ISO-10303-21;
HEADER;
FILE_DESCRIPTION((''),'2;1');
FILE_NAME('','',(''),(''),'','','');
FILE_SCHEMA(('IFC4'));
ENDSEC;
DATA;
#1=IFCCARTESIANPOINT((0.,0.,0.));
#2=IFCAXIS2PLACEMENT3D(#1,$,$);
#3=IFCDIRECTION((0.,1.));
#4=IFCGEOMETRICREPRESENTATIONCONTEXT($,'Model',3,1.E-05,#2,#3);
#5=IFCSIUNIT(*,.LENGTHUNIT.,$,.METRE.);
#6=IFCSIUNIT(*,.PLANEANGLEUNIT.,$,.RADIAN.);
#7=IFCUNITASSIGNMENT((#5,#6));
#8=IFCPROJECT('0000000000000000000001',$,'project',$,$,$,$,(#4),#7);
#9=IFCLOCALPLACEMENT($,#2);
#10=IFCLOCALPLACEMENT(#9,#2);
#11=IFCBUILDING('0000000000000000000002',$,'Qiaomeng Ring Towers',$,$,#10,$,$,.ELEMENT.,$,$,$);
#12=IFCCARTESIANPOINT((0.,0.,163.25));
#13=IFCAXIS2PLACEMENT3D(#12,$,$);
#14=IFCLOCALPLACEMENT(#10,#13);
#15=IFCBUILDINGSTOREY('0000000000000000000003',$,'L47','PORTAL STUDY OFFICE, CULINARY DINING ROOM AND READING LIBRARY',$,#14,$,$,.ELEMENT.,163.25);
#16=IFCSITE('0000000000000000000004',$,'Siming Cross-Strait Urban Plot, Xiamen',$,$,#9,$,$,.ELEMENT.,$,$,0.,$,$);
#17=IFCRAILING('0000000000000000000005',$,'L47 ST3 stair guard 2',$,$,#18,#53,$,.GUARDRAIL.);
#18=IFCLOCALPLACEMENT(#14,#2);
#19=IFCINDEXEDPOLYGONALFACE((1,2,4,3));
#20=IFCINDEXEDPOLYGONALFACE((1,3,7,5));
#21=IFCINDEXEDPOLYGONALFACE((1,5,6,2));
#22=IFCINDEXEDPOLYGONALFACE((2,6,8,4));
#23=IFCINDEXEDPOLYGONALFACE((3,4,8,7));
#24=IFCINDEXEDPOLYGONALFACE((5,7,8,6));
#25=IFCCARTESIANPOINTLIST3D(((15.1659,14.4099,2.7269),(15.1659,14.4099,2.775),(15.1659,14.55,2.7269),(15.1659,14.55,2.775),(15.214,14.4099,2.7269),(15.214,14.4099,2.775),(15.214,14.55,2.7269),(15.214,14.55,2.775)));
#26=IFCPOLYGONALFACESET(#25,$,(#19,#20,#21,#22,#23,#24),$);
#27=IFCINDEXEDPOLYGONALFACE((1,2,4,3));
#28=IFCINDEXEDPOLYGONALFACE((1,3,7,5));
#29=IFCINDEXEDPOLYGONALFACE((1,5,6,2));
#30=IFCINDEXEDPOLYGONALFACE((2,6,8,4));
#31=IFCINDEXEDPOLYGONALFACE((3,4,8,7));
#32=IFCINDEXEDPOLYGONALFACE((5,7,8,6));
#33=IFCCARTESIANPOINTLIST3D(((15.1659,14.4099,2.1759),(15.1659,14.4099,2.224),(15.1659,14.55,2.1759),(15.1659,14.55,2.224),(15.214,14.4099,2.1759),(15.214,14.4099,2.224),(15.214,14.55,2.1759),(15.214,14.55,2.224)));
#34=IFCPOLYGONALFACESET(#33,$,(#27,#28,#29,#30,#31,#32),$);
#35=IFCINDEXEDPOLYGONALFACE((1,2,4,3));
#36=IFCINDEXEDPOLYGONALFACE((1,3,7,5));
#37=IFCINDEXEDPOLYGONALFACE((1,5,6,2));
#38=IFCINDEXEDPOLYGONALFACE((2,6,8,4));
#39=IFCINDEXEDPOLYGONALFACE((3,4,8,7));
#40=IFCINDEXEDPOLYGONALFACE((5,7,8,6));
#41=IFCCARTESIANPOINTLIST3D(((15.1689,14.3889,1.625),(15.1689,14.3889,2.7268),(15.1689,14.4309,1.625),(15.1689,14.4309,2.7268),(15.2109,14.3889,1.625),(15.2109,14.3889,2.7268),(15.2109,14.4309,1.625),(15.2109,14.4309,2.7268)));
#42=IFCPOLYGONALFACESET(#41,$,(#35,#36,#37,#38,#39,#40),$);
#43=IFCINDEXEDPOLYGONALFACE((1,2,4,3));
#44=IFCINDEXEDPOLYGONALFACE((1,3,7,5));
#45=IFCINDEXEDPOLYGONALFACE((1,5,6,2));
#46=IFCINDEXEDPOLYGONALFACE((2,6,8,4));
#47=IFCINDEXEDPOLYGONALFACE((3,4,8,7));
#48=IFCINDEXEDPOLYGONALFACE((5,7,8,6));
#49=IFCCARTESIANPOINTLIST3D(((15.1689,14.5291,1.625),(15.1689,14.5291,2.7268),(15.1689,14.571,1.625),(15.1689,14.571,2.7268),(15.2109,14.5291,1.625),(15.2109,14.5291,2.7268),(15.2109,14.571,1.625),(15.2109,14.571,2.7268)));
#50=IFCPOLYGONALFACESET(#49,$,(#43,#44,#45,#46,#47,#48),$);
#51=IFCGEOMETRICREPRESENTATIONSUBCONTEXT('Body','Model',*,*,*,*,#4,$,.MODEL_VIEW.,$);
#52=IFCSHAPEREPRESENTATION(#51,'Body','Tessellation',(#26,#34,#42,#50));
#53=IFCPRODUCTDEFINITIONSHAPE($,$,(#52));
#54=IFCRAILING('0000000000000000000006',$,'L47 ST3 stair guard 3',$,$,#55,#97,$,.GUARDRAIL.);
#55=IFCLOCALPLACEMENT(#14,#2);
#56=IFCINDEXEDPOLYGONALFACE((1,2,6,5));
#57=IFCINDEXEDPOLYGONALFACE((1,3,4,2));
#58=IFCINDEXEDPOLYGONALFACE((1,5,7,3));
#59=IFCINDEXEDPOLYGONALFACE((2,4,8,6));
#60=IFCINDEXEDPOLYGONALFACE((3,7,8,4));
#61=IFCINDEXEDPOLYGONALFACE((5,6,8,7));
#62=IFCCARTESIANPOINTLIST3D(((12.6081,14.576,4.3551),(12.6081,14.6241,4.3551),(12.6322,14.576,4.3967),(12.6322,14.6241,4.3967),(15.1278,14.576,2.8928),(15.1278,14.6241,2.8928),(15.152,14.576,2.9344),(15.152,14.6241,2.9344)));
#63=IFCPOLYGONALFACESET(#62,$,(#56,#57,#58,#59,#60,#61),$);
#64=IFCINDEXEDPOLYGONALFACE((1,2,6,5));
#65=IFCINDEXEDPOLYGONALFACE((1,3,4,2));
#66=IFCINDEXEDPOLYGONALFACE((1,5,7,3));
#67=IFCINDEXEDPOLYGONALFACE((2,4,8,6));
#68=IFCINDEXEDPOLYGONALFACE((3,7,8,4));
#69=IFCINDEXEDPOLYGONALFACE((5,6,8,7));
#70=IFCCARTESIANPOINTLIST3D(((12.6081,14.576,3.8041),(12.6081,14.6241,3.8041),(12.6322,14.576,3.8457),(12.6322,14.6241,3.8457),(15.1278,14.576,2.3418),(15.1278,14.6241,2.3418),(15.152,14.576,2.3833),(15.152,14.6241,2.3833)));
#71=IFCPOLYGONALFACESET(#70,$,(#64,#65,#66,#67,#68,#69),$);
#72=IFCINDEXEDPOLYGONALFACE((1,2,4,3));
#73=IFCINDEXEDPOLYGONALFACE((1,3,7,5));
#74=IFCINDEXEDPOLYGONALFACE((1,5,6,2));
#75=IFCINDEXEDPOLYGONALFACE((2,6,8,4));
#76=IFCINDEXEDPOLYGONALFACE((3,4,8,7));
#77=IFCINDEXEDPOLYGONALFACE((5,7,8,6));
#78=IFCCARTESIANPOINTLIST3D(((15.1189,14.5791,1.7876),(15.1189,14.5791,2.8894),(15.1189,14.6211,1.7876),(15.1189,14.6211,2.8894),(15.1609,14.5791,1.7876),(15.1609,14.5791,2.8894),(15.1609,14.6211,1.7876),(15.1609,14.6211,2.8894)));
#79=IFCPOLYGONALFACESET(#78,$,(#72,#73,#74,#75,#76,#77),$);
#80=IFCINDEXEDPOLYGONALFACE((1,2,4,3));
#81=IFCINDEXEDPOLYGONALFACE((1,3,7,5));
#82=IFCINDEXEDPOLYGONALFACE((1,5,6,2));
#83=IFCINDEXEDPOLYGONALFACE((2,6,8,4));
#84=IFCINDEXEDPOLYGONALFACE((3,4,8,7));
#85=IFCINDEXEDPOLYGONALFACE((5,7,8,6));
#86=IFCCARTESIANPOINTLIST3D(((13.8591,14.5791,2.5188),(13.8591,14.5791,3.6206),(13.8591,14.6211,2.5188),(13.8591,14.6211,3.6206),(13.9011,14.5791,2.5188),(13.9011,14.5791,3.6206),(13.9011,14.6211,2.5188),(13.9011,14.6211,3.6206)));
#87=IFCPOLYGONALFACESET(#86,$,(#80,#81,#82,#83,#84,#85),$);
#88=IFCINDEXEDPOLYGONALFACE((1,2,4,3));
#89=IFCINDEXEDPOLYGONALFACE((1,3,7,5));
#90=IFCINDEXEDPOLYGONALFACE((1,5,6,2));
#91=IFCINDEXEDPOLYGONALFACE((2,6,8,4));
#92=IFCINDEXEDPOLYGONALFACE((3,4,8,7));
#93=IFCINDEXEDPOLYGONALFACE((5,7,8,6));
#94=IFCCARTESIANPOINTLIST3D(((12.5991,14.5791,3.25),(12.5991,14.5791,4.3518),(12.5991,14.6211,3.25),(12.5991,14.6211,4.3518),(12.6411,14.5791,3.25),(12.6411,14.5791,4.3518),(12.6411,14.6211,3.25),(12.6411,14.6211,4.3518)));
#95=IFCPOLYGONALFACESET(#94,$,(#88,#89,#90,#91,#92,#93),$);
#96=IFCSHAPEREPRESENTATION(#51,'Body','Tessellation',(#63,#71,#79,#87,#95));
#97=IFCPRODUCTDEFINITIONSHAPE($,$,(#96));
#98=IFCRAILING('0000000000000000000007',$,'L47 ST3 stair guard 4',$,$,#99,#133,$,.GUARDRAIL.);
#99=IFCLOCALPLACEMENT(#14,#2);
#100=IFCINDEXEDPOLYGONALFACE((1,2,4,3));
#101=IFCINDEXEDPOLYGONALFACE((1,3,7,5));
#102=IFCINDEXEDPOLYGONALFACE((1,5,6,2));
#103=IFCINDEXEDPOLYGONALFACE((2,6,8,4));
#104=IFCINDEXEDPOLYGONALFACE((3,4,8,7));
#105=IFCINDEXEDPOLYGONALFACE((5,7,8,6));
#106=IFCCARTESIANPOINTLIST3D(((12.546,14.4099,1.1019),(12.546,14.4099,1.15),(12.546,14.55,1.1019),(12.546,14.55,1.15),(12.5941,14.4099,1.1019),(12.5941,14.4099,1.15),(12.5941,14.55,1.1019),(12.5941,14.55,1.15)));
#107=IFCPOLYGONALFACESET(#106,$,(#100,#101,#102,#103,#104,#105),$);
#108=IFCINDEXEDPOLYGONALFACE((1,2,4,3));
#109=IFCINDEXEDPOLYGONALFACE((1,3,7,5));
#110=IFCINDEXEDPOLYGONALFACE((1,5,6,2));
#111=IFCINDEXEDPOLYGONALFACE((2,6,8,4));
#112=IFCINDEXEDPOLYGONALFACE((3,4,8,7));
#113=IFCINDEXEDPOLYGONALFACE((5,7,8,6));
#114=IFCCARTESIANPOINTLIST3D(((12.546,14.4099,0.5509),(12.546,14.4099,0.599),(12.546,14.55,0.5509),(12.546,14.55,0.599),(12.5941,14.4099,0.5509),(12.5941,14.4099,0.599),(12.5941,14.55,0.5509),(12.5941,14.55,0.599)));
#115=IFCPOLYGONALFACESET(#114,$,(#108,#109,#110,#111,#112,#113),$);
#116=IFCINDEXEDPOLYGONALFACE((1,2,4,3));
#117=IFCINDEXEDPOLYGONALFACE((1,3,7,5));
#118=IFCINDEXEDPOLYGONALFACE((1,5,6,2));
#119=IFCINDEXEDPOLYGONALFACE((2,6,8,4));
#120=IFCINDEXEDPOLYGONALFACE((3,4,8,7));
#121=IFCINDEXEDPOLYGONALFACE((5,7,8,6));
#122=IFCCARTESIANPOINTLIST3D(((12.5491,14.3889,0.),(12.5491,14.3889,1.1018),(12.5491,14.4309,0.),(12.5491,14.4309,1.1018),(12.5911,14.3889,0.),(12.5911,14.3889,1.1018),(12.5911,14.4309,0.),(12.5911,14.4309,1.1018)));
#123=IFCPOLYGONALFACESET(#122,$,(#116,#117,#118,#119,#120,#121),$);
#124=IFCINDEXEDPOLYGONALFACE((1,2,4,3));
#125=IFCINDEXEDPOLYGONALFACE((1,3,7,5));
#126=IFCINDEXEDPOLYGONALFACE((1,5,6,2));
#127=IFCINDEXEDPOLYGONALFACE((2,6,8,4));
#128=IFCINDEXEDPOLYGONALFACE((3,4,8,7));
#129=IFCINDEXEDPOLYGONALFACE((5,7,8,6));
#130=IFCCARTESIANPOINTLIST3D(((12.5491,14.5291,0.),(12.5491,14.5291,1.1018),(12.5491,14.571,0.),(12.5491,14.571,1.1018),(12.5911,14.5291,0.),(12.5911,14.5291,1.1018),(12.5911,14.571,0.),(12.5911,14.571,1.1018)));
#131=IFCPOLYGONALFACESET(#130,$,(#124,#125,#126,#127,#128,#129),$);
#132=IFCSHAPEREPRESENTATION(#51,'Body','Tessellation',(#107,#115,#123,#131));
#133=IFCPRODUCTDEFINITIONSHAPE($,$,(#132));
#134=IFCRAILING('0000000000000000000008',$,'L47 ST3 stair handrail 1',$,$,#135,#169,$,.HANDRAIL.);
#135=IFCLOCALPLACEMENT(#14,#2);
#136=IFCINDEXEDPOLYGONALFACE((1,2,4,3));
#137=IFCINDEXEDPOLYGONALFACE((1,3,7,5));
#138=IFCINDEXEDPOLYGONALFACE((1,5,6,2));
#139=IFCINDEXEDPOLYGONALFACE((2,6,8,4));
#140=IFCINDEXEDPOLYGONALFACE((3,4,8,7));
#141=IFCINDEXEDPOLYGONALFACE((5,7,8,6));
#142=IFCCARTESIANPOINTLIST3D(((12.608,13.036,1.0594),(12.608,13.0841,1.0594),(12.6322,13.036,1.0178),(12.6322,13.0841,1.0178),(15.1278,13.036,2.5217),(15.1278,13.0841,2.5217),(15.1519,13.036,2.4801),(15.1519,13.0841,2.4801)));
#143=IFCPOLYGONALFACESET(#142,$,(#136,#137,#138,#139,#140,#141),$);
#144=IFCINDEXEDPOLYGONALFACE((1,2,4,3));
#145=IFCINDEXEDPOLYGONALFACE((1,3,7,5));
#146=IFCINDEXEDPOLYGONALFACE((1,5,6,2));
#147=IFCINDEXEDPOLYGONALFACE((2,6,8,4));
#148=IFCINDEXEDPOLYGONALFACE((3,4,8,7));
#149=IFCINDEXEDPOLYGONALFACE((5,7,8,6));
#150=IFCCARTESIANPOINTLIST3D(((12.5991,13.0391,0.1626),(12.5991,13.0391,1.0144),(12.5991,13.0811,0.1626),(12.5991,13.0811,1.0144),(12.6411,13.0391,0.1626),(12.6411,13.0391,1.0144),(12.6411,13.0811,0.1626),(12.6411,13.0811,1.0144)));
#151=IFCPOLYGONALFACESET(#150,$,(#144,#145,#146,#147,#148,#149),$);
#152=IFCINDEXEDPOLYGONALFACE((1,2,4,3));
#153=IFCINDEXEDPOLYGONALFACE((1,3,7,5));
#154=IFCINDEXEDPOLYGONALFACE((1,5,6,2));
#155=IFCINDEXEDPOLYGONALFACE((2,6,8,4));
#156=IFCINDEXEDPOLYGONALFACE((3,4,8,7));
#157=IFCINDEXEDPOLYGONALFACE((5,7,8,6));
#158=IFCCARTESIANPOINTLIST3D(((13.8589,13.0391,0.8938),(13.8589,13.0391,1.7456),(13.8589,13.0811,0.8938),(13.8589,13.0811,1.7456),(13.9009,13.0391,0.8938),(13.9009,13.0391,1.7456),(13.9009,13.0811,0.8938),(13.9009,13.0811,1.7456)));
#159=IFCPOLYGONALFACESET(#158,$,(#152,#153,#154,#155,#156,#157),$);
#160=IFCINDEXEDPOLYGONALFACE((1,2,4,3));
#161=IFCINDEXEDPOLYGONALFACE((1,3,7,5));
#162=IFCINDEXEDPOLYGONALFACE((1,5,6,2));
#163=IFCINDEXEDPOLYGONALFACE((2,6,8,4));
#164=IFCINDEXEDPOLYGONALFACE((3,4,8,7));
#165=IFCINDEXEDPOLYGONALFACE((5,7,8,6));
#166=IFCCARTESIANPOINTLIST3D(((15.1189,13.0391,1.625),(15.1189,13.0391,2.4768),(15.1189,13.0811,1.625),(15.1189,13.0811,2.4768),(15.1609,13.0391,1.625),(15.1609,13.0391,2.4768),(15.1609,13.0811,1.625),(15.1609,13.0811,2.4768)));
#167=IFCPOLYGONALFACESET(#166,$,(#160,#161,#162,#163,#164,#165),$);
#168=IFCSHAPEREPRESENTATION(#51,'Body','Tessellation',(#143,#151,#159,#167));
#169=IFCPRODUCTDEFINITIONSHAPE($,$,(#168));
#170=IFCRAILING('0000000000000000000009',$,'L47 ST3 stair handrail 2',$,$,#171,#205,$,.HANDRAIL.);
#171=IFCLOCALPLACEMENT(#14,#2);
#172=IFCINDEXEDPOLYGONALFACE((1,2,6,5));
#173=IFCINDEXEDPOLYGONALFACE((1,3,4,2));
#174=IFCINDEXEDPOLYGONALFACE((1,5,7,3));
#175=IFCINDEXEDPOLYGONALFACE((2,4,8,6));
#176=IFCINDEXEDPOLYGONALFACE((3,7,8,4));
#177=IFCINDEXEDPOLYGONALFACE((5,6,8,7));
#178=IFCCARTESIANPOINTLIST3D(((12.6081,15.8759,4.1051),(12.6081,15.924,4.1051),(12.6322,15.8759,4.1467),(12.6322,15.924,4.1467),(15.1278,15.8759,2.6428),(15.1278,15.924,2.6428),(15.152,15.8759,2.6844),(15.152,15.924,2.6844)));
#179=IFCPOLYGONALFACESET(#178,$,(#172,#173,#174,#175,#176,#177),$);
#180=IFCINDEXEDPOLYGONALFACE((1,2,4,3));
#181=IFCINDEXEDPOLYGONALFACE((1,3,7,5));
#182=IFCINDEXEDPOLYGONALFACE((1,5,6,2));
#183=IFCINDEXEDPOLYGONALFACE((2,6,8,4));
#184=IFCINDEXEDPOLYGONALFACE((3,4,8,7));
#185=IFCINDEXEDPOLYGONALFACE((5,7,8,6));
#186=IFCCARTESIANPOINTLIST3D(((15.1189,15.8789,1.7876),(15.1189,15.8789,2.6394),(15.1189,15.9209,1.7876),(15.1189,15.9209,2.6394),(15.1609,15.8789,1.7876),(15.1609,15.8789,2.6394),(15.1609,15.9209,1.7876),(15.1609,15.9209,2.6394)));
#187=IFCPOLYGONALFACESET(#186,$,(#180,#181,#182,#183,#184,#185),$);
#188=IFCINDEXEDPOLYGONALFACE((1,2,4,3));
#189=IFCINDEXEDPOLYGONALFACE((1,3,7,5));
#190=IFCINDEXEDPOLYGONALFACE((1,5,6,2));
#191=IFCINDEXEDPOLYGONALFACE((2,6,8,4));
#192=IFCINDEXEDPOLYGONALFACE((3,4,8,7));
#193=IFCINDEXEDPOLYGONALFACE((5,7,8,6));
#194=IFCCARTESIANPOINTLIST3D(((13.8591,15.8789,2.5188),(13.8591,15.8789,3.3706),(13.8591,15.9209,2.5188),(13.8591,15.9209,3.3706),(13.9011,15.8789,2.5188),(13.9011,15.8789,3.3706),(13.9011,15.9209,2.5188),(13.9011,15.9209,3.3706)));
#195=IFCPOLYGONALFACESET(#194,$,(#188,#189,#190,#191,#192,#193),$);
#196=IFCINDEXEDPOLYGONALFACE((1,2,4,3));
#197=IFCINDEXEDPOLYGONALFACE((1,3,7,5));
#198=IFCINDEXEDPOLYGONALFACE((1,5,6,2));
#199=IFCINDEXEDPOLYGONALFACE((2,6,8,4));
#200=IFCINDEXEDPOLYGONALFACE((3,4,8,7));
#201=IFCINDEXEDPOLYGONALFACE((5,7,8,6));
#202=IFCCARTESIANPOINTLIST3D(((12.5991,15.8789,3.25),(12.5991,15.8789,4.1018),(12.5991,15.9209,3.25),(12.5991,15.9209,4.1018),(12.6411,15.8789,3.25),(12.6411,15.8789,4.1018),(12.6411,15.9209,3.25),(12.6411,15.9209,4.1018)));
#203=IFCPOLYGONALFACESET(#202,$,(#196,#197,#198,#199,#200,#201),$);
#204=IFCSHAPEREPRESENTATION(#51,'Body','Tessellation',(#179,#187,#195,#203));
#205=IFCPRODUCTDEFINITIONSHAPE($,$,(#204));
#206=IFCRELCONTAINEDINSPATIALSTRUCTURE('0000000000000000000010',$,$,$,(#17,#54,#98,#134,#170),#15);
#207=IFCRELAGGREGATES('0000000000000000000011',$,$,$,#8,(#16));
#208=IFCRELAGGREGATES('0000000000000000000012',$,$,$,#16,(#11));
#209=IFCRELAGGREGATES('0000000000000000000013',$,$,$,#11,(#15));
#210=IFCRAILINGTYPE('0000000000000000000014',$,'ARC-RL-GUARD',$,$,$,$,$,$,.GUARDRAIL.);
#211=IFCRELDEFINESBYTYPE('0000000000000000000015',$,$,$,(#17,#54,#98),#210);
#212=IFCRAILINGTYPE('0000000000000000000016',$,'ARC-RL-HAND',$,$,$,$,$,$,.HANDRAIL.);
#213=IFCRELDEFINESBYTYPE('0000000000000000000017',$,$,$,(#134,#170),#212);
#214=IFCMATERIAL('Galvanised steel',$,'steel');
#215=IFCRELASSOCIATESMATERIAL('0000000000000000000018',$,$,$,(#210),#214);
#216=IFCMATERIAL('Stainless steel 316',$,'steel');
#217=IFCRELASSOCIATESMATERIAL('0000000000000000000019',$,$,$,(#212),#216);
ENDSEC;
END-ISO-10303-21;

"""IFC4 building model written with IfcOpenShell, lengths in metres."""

from ifc_helpers import new_model, si_unit, direction, frame, origin, origin_2d, place, context, subcontext, project, spatial, rectangle, extrude, material, type_object, element, save


model = new_model("IFC4")

# Units and contexts
model_context = context("Model", 3, precision=1e-05, world=origin(), true_north=direction((0.0, 1.0)))
body_context = subcontext(model_context, "Body", "Model", "MODEL_VIEW")
ifc_project = project(units=[si_unit("LENGTHUNIT", "METRE"), si_unit("PLANEANGLEUNIT", "RADIAN")], contexts=[model_context])

# Site, building, storey
site_placement = place(None, origin())
site = spatial("IfcSite", under=ifc_project, at=site_placement, Name="Siming Cross-Strait Urban Plot, Xiamen", CompositionType="ELEMENT", RefElevation=0.0)
building_placement = place(site_placement, origin())
building = spatial("IfcBuilding", under=site, at=building_placement, Name="Qiaomeng Ring Towers", CompositionType="ELEMENT")
storey_placement = place(building_placement, frame((0.0, 0.0, 163.25)))
storey = spatial("IfcBuildingStorey", under=building, at=storey_placement, Name="L47", Description="PORTAL STUDY OFFICE, CULINARY DINING ROOM AND READING LIBRARY", CompositionType="ELEMENT", Elevation=163.25)

# Shared definitions
ifc_material_1 = material(Name="Galvanised steel", Category="steel")

# Railings
railing_type_1 = type_object("IfcRailingType", Name="ARC-RL-GUARD", PredefinedType="GUARDRAIL", material=ifc_material_1)
railing_1_placement = place(storey_placement, frame((15.1899, 14.4099, 1.625)))
element("IfcRailing", 1, at=railing_1_placement, inside=storey, type_object=railing_type_1, Name="L47 ST3 stair guard 2", PredefinedType="GUARDRAIL", context=body_context, shape_type="SweptSolid", body=[
    extrude(rectangle(XDim=0.0481, YDim=0.0481, at=origin_2d()), frame((0.0, 0.0, 1.126), z_axis=(0.0, 1.0, 0.0), x_axis=(-1.0, 0.0, 0.0)), (0.0, 0.0, 1.0), 0.1401),
    extrude(rectangle(XDim=0.0481, YDim=0.0481, at=origin_2d()), frame((0.0, 0.0, 0.575), z_axis=(0.0, 1.0, 0.0), x_axis=(-1.0, 0.0, 0.0)), (0.0, 0.0, 1.0), 0.1401),
    extrude(rectangle(XDim=0.042, YDim=0.042, at=origin_2d()), origin(), (0.0, 0.0, 1.0), 1.1018),
    extrude(rectangle(XDim=0.042, YDim=0.042, at=origin_2d()), frame((0.0, 0.1401, 0.0)), (0.0, 0.0, 1.0), 1.1018),
])
railing_2_placement = place(storey_placement, frame((15.1399, 14.6001, 1.7876)))
element("IfcRailing", 2, at=railing_2_placement, inside=storey, type_object=railing_type_1, Name="L47 ST3 stair guard 3", PredefinedType="GUARDRAIL", context=body_context, shape_type="SweptSolid", body=[
    extrude(rectangle(XDim=0.0481, YDim=0.0481, at=origin_2d()), frame((0.0, 0.0, 1.126), z_axis=(-0.864892, 0.0, 0.501958), x_axis=(0.0, -1.0, 0.0)), (0.0, 0.0, 1.0), 2.9133),
    extrude(rectangle(XDim=0.0481, YDim=0.0481, at=origin_2d()), frame((0.0, 0.0, 0.575), z_axis=(-0.864892, 0.0, 0.501958), x_axis=(0.0, -1.0, 0.0)), (0.0, 0.0, 1.0), 2.9133),
    extrude(rectangle(XDim=0.042, YDim=0.042, at=origin_2d()), origin(), (0.0, 0.0, 1.0), 1.1018),
    extrude(rectangle(XDim=0.042, YDim=0.042, at=origin_2d()), frame((-1.2598, 0.0, 0.7312)), (0.0, 0.0, 1.0), 1.1018),
    extrude(rectangle(XDim=0.042, YDim=0.042, at=origin_2d()), frame((-2.5198, 0.0, 1.4624)), (0.0, 0.0, 1.0), 1.1018),
])
railing_3_placement = place(storey_placement, frame((12.5701, 14.4099, 0.0)))
element("IfcRailing", 3, at=railing_3_placement, inside=storey, type_object=railing_type_1, Name="L47 ST3 stair guard 4", PredefinedType="GUARDRAIL", context=body_context, shape_type="SweptSolid", body=[
    extrude(rectangle(XDim=0.0481, YDim=0.0481, at=origin_2d()), frame((0.0, 0.0, 1.126), z_axis=(0.0, 1.0, 0.0), x_axis=(-1.0, 0.0, 0.0)), (0.0, 0.0, 1.0), 0.1401),
    extrude(rectangle(XDim=0.0481, YDim=0.0481, at=origin_2d()), frame((0.0, 0.0, 0.575), z_axis=(0.0, 1.0, 0.0), x_axis=(-1.0, 0.0, 0.0)), (0.0, 0.0, 1.0), 0.1401),
    extrude(rectangle(XDim=0.042, YDim=0.042, at=origin_2d()), origin(), (0.0, 0.0, 1.0), 1.1018),
    extrude(rectangle(XDim=0.042, YDim=0.042, at=origin_2d()), frame((0.0, 0.1401, 0.0)), (0.0, 0.0, 1.0), 1.1018),
])
ifc_material_2 = material(Name="Stainless steel 316", Category="steel")
railing_type_2 = type_object("IfcRailingType", Name="ARC-RL-HAND", PredefinedType="HANDRAIL", material=ifc_material_2)
railing_4_placement = place(storey_placement, frame((12.6201, 13.0601, 0.1626)))
element("IfcRailing", 4, at=railing_4_placement, inside=storey, type_object=railing_type_2, Name="L47 ST3 stair handrail 1", PredefinedType="HANDRAIL", context=body_context, shape_type="SweptSolid", body=[
    extrude(rectangle(XDim=0.0481, YDim=0.0481, at=origin_2d()), frame((0.0, 0.0, 0.876), z_axis=(0.864892, 0.0, 0.501958), x_axis=(0.0, 1.0, 0.0)), (0.0, 0.0, 1.0), 2.9133),
    extrude(rectangle(XDim=0.042, YDim=0.042, at=origin_2d()), origin(), (0.0, 0.0, 1.0), 0.8518),
    extrude(rectangle(XDim=0.042, YDim=0.042, at=origin_2d()), frame((1.2598, 0.0, 0.7312)), (0.0, 0.0, 1.0), 0.8518),
    extrude(rectangle(XDim=0.042, YDim=0.042, at=origin_2d()), frame((2.5198, 0.0, 1.4624)), (0.0, 0.0, 1.0), 0.8518),
])
railing_5_placement = place(storey_placement, frame((15.1399, 15.8999, 1.7876)))
element("IfcRailing", 5, at=railing_5_placement, inside=storey, type_object=railing_type_2, Name="L47 ST3 stair handrail 2", PredefinedType="HANDRAIL", context=body_context, shape_type="SweptSolid", body=[
    extrude(rectangle(XDim=0.0481, YDim=0.0481, at=origin_2d()), frame((0.0, 0.0, 0.876), z_axis=(-0.864892, 0.0, 0.501958), x_axis=(0.0, -1.0, 0.0)), (0.0, 0.0, 1.0), 2.9133),
    extrude(rectangle(XDim=0.042, YDim=0.042, at=origin_2d()), origin(), (0.0, 0.0, 1.0), 0.8518),
    extrude(rectangle(XDim=0.042, YDim=0.042, at=origin_2d()), frame((-1.2598, 0.0, 0.7312)), (0.0, 0.0, 1.0), 0.8518),
    extrude(rectangle(XDim=0.042, YDim=0.042, at=origin_2d()), frame((-2.5198, 0.0, 1.4624)), (0.0, 0.0, 1.0), 0.8518),
])

save(model, "model.ifc")
